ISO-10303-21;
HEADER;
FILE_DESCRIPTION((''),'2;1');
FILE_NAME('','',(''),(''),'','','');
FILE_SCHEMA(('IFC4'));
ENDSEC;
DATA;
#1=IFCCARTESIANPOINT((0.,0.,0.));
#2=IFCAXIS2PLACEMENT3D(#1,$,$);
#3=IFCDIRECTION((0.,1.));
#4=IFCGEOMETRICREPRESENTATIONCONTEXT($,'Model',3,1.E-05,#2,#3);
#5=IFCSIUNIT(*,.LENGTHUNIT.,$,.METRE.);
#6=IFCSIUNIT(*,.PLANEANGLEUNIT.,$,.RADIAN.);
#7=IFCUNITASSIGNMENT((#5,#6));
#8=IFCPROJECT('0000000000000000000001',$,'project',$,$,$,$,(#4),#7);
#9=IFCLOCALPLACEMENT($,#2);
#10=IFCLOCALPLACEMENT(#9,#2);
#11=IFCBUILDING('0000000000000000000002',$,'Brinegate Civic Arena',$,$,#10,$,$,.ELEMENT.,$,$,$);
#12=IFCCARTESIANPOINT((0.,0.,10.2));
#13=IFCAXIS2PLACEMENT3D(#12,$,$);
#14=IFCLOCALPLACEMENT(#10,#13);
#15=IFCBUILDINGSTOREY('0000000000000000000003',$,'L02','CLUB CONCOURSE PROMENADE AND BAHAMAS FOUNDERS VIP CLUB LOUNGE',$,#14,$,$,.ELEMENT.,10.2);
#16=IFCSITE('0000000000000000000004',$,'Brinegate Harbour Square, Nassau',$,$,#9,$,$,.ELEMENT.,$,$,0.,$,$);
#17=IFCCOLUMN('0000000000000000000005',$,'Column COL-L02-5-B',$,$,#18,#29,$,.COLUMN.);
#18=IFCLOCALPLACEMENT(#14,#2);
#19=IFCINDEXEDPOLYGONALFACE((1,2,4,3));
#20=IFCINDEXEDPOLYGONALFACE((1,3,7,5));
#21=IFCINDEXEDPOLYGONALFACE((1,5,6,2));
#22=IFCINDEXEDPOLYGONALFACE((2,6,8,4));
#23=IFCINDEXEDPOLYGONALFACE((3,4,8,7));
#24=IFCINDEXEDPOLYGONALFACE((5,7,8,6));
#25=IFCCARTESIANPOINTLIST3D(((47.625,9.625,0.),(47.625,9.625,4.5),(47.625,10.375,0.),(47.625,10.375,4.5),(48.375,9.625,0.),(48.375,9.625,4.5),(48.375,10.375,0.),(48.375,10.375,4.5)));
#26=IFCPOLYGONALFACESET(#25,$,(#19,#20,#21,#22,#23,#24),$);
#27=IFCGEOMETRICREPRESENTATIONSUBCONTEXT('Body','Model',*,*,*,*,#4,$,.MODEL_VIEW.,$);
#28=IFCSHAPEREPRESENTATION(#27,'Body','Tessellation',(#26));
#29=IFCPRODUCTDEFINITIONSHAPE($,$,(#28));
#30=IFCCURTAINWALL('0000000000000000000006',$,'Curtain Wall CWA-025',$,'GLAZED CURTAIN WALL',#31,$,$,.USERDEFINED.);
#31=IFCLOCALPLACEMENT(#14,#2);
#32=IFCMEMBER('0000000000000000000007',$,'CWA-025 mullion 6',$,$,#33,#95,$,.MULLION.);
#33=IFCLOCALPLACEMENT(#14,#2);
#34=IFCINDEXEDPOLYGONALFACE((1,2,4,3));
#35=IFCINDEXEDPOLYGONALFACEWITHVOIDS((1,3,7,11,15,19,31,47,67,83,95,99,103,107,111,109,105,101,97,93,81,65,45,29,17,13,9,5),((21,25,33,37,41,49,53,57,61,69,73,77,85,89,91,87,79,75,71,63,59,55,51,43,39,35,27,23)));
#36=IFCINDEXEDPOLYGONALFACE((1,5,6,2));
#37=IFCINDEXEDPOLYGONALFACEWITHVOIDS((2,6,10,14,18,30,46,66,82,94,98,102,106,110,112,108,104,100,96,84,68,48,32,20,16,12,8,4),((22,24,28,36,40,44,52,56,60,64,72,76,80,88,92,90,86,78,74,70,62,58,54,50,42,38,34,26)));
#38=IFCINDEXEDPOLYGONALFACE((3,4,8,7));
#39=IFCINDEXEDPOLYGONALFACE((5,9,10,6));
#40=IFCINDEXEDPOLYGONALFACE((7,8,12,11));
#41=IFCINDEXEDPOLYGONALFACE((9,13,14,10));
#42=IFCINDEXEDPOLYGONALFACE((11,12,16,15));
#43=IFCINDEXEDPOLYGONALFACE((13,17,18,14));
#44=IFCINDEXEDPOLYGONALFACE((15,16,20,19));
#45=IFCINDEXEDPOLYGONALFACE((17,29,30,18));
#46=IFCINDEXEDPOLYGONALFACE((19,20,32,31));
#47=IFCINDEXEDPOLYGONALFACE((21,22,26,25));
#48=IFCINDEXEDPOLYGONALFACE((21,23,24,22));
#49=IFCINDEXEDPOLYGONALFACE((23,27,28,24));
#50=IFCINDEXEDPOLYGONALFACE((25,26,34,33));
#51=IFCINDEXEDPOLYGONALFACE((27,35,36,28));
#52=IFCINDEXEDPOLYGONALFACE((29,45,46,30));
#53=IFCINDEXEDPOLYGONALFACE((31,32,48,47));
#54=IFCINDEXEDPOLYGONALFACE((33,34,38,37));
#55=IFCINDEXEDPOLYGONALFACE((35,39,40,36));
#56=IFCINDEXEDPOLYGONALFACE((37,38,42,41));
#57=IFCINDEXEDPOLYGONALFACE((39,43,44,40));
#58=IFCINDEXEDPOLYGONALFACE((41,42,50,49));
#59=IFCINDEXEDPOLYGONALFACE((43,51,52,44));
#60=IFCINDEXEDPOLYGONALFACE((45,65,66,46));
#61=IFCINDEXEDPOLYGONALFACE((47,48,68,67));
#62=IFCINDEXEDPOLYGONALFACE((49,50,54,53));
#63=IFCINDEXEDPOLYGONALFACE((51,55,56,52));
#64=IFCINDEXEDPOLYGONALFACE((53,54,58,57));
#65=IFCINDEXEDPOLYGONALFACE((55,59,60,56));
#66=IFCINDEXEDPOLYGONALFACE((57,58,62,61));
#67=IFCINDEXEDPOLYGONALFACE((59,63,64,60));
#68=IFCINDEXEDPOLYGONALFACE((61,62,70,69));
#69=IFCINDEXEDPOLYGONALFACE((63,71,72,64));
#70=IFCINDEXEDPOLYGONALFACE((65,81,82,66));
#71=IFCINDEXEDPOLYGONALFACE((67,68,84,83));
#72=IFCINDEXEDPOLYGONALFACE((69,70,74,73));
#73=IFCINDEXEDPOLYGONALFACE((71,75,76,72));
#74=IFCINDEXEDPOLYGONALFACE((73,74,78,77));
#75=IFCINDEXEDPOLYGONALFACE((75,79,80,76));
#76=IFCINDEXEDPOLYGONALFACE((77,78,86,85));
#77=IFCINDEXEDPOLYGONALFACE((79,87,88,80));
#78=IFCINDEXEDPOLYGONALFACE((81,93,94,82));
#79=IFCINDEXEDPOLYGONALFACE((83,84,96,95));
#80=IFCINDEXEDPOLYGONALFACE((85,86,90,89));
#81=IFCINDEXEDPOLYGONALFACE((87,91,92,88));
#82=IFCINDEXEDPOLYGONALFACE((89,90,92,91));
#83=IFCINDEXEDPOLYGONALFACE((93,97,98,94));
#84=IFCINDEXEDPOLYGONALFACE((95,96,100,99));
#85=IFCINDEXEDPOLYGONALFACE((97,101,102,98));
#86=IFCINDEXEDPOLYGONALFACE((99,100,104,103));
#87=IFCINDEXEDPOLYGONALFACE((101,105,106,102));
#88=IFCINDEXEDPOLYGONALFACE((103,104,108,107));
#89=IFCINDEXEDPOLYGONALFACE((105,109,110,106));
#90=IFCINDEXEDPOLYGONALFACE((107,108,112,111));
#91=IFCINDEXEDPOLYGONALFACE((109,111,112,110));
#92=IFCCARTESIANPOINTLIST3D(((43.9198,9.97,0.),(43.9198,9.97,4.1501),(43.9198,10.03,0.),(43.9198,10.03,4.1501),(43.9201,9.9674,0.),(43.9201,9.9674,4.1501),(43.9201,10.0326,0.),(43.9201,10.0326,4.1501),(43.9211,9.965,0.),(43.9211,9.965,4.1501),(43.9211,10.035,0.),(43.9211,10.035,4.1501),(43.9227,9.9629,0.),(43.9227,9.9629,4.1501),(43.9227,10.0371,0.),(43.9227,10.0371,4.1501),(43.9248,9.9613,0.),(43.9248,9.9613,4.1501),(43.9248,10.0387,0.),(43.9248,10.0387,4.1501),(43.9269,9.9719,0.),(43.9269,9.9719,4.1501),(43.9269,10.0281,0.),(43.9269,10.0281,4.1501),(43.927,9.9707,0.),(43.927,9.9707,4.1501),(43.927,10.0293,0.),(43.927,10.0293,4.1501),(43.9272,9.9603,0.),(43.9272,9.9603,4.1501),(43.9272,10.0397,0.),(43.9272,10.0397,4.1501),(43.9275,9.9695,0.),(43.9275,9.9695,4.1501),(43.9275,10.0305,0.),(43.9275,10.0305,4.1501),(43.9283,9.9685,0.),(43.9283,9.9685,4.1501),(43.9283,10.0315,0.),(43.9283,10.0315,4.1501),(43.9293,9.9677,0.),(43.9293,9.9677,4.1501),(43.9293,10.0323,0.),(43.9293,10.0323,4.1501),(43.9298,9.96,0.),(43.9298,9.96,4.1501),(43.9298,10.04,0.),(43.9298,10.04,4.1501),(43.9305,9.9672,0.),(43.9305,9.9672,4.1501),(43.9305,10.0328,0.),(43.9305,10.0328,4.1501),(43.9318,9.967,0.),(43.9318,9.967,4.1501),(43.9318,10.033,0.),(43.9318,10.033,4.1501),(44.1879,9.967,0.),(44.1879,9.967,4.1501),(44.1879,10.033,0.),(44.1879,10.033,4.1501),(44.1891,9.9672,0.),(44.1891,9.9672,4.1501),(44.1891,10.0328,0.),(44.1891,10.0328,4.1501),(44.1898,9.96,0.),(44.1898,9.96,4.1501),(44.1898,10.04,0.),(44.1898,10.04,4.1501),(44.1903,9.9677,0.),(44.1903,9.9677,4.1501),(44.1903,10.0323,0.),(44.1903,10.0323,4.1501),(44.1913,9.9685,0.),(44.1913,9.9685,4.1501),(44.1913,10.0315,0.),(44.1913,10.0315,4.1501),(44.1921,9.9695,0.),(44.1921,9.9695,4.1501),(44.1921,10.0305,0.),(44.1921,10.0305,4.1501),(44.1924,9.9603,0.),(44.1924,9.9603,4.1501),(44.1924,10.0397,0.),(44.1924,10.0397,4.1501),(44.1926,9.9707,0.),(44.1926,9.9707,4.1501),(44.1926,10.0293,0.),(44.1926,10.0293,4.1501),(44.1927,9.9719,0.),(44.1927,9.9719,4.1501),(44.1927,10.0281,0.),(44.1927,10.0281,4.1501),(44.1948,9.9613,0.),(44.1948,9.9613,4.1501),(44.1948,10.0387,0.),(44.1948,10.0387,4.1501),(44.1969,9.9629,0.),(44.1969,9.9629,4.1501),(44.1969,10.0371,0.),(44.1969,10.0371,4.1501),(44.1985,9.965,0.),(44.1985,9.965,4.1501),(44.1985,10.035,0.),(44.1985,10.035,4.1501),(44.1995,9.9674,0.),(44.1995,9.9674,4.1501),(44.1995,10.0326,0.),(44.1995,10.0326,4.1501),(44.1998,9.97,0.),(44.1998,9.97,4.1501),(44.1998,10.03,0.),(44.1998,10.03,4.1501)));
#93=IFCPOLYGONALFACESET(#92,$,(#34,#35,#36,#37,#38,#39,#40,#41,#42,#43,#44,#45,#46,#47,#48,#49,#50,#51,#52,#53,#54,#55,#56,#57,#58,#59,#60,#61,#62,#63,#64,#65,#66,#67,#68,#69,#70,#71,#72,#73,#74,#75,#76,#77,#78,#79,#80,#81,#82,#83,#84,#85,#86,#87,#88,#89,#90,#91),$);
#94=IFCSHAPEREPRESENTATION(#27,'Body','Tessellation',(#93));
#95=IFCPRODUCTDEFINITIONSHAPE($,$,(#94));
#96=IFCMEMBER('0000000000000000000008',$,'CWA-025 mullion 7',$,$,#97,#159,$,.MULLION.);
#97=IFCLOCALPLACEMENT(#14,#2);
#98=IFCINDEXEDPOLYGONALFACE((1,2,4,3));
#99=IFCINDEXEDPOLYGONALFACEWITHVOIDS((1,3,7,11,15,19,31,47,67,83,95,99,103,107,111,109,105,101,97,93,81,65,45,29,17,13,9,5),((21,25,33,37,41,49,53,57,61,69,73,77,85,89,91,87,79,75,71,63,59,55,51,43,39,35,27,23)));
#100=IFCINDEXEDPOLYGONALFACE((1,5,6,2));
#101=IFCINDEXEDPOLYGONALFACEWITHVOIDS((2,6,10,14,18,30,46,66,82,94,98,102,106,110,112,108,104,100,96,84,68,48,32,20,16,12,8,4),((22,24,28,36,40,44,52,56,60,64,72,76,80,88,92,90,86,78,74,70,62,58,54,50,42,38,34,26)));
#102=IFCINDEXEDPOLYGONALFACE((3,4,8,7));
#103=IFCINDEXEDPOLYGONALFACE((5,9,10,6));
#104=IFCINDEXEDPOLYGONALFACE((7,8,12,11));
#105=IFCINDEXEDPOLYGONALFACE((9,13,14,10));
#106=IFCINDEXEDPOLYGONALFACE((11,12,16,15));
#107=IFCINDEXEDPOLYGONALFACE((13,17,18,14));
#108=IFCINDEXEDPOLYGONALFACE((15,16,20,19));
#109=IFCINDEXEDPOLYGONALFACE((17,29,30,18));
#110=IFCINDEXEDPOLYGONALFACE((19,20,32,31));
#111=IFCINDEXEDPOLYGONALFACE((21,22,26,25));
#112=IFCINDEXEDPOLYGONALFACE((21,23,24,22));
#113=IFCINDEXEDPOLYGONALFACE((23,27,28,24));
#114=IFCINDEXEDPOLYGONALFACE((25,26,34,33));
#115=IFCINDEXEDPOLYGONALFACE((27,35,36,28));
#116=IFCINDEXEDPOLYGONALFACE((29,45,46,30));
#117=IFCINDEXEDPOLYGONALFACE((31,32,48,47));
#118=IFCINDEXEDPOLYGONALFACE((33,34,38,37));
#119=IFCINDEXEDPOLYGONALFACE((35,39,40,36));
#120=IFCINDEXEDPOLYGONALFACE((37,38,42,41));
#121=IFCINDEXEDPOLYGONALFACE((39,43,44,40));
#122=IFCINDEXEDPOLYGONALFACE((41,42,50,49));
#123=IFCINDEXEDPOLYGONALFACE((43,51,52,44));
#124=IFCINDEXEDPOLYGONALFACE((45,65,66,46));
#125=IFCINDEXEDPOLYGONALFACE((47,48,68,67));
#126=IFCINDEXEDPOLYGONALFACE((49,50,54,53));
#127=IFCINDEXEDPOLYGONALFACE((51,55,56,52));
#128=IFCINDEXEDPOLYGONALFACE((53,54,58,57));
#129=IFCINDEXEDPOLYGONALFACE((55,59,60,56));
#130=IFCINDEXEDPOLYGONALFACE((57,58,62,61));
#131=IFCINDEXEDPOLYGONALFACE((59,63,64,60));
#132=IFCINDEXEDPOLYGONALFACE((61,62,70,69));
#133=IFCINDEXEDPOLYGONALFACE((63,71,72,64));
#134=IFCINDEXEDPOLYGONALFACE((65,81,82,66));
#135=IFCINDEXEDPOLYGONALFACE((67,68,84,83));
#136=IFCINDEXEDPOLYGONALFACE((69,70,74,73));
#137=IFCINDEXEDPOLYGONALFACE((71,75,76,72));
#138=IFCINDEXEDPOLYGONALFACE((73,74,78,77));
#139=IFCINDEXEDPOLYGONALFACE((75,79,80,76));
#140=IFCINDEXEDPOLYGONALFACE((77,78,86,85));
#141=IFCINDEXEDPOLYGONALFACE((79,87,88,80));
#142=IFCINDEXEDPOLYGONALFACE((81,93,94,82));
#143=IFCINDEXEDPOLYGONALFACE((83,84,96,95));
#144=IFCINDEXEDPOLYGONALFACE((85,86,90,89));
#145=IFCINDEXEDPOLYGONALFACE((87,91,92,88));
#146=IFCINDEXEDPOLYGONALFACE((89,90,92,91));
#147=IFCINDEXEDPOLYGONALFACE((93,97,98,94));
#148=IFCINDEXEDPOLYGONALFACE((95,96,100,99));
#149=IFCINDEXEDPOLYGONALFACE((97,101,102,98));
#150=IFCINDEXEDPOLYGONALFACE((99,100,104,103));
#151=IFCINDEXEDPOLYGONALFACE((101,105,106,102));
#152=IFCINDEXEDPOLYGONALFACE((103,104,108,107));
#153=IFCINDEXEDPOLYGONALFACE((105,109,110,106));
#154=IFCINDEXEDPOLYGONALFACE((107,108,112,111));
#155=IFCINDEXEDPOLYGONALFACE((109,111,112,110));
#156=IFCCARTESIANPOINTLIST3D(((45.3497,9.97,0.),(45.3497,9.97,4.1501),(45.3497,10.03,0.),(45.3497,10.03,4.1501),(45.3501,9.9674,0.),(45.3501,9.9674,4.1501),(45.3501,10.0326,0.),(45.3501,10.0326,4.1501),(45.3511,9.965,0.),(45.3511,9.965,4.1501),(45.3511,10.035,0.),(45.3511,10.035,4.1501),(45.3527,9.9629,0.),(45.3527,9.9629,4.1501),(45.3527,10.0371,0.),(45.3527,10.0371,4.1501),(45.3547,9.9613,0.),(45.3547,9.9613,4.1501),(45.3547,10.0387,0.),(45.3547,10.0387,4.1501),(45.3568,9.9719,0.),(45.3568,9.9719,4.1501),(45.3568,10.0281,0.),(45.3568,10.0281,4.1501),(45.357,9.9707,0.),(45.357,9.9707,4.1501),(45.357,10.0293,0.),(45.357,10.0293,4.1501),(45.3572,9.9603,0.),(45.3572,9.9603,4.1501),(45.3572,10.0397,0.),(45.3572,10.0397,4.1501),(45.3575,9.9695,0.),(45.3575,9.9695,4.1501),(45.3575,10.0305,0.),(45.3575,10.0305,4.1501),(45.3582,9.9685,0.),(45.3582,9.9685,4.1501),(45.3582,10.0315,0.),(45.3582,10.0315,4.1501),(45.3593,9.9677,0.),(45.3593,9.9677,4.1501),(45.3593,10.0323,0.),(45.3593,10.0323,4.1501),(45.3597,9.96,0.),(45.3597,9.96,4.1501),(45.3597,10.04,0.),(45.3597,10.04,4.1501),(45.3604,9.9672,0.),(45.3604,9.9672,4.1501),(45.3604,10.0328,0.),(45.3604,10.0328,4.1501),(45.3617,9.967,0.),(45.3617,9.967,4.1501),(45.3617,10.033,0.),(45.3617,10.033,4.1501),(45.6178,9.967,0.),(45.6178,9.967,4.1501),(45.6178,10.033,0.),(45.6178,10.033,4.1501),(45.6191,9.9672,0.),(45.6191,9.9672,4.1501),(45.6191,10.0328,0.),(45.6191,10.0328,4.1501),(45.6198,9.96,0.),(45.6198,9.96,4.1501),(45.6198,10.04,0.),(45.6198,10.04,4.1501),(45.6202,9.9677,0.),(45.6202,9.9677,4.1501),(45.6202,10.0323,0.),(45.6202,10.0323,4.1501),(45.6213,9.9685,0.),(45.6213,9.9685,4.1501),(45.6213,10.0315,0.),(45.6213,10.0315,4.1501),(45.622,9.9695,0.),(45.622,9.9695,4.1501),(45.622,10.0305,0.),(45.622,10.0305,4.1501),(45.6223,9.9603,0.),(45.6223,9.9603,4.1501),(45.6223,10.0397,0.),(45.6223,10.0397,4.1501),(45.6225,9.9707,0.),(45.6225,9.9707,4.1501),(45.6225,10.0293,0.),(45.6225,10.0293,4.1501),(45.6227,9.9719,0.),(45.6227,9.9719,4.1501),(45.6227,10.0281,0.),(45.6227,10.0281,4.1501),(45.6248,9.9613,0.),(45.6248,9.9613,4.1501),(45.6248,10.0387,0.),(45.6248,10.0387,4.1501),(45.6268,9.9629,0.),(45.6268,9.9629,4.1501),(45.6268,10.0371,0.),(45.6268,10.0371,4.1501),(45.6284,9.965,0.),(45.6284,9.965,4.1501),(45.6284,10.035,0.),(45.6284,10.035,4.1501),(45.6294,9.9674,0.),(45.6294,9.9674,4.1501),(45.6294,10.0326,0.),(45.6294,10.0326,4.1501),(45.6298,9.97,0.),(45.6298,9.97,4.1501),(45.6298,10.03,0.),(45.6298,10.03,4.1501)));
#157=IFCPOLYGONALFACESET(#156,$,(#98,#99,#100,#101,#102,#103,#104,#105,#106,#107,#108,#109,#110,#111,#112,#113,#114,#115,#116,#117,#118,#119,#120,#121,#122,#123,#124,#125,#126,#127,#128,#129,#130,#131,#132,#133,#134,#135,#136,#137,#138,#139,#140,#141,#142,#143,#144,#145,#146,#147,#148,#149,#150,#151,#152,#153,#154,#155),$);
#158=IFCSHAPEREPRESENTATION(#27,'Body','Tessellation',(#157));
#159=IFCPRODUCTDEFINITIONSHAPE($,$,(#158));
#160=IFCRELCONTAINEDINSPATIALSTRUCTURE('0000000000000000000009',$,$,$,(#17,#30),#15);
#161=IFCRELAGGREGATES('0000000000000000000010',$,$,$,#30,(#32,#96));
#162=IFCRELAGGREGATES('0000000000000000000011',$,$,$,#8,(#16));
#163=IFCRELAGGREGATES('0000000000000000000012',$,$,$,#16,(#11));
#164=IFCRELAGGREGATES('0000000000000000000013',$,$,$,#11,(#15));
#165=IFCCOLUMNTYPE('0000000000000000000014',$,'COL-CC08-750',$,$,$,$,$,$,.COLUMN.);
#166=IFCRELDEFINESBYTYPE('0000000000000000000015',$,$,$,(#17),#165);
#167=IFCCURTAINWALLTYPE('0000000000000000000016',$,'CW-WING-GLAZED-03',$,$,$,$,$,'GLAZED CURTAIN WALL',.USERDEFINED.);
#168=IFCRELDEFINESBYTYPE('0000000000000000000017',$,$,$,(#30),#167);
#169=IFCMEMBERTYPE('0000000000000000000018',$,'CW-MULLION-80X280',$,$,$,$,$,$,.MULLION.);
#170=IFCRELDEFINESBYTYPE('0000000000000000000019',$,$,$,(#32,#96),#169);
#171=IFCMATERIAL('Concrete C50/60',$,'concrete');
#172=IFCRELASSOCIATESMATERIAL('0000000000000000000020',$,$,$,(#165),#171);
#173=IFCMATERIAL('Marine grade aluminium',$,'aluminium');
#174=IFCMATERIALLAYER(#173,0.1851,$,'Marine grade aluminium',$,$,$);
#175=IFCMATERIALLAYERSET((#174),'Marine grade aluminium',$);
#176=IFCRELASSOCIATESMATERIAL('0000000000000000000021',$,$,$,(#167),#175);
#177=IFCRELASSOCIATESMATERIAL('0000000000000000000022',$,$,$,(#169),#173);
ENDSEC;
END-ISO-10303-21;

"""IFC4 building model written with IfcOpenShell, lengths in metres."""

from ifc_helpers import new_model, si_unit, direction, frame, origin, origin_2d, place, context, subcontext, project, spatial, rectangle, hollow_rectangle, extrude, material, layer, layer_set, material_profile, profile_set, type_object, element, aggregate, save


model = new_model("IFC4")

# Units and contexts
model_context = context("Model", 3, precision=1e-05, world=origin(), true_north=direction((0.0, 1.0)))
body_context = subcontext(model_context, "Body", "Model", "MODEL_VIEW")
ifc_project = project(units=[si_unit("LENGTHUNIT", "METRE"), si_unit("PLANEANGLEUNIT", "RADIAN")], contexts=[model_context])

# Site, building, storey
site_placement = place(None, origin())
site = spatial("IfcSite", under=ifc_project, at=site_placement, Name="Brinegate Harbour Square, Nassau", CompositionType="ELEMENT", RefElevation=0.0)
building_placement = place(site_placement, origin())
building = spatial("IfcBuilding", under=site, at=building_placement, Name="Brinegate Civic Arena", CompositionType="ELEMENT")
storey_placement = place(building_placement, frame((0.0, 0.0, 10.2)))
storey = spatial("IfcBuildingStorey", under=building, at=storey_placement, Name="L02", Description="CLUB CONCOURSE PROMENADE AND BAHAMAS FOUNDERS VIP CLUB LOUNGE", CompositionType="ELEMENT", Elevation=10.2)

# Column
ifc_material_1 = material(Name="Concrete C50/60", Category="concrete")
ifc_material_profile_1 = material_profile(ifc_material_1, rectangle(XDim=0.75, YDim=0.75, at=origin_2d()), Name="RC750X750")
ifc_profile_set_1 = profile_set([ifc_material_profile_1], Name="Concrete C50/60")
column_type = type_object("IfcColumnType", Name="COL-CC08-750", PredefinedType="COLUMN", material=ifc_profile_set_1)
column_placement = place(storey_placement, frame((48.0, 10.0, 0.0), z_axis=(0.0, 0.0, 1.0), x_axis=(1.0, 0.0, 0.0)))
element("IfcColumn", 1, at=column_placement, inside=storey, type_object=column_type, Name="Column COL-L02-5-B", PredefinedType="COLUMN", context=body_context, shape_type="SweptSolid", body=[
    extrude(rectangle(XDim=0.75, YDim=0.75, at=origin_2d()), origin(), (0.0, 0.0, 1.0), 4.5),
])

# Curtain wall, members
ifc_material_2 = material(Name="Marine grade aluminium", Category="aluminium")
ifc_layer_1 = layer(ifc_material_2, 0.1851, Name="Marine grade aluminium")
ifc_layer_set_1 = layer_set([ifc_layer_1], Name="Marine grade aluminium")
curtain_wall_type_1 = type_object("IfcCurtainWallType", Name="CW-WING-GLAZED-03", ElementType="GLAZED CURTAIN WALL", PredefinedType="USERDEFINED", material=ifc_layer_set_1)
curtain_wall_1_placement = place(storey_placement, origin())
curtain_wall_1 = element("IfcCurtainWall", 2, at=curtain_wall_1_placement, inside=storey, type_object=curtain_wall_type_1, Name="Curtain Wall CWA-025", ObjectType="GLAZED CURTAIN WALL", PredefinedType="USERDEFINED")
ifc_material_profile_2 = material_profile(ifc_material_2, hollow_rectangle(XDim=0.0801, YDim=0.28, WallThickness=0.0071, InnerFilletRadius=0.0049, OuterFilletRadius=0.01, at=origin_2d()), Name="MUL80X280")
ifc_profile_set_2 = profile_set([ifc_material_profile_2], Name="Marine grade aluminium")
member_type_1 = type_object("IfcMemberType", Name="CW-MULLION-80X280", PredefinedType="MULLION", material=ifc_profile_set_2)
member_1_placement = place(storey_placement, frame((44.0598, 10.0, 0.0), z_axis=(0.0, 0.0, 1.0), x_axis=(0.0, 1.0, 0.0)))
member_1 = element("IfcMember", 3, at=member_1_placement, type_object=member_type_1, Name="CWA-025 mullion 6", PredefinedType="MULLION", context=body_context, shape_type="SweptSolid", body=[
    extrude(hollow_rectangle(XDim=0.0801, YDim=0.28, WallThickness=0.0071, InnerFilletRadius=0.0049, OuterFilletRadius=0.01, at=origin_2d()), origin(), (0.0, 0.0, 1.0), 4.1501),
])
member_2_placement = place(storey_placement, frame((45.4897, 10.0, 0.0), z_axis=(0.0, 0.0, 1.0), x_axis=(0.0, 1.0, 0.0)))
member_2 = element("IfcMember", 4, at=member_2_placement, type_object=member_type_1, Name="CWA-025 mullion 7", PredefinedType="MULLION", context=body_context, shape_type="SweptSolid", body=[
    extrude(hollow_rectangle(XDim=0.0801, YDim=0.28, WallThickness=0.0071, InnerFilletRadius=0.0049, OuterFilletRadius=0.01, at=origin_2d()), origin(), (0.0, 0.0, 1.0), 4.1501),
])

aggregate(curtain_wall_1, [member_1, member_2])

save(model, "model.ifc")
